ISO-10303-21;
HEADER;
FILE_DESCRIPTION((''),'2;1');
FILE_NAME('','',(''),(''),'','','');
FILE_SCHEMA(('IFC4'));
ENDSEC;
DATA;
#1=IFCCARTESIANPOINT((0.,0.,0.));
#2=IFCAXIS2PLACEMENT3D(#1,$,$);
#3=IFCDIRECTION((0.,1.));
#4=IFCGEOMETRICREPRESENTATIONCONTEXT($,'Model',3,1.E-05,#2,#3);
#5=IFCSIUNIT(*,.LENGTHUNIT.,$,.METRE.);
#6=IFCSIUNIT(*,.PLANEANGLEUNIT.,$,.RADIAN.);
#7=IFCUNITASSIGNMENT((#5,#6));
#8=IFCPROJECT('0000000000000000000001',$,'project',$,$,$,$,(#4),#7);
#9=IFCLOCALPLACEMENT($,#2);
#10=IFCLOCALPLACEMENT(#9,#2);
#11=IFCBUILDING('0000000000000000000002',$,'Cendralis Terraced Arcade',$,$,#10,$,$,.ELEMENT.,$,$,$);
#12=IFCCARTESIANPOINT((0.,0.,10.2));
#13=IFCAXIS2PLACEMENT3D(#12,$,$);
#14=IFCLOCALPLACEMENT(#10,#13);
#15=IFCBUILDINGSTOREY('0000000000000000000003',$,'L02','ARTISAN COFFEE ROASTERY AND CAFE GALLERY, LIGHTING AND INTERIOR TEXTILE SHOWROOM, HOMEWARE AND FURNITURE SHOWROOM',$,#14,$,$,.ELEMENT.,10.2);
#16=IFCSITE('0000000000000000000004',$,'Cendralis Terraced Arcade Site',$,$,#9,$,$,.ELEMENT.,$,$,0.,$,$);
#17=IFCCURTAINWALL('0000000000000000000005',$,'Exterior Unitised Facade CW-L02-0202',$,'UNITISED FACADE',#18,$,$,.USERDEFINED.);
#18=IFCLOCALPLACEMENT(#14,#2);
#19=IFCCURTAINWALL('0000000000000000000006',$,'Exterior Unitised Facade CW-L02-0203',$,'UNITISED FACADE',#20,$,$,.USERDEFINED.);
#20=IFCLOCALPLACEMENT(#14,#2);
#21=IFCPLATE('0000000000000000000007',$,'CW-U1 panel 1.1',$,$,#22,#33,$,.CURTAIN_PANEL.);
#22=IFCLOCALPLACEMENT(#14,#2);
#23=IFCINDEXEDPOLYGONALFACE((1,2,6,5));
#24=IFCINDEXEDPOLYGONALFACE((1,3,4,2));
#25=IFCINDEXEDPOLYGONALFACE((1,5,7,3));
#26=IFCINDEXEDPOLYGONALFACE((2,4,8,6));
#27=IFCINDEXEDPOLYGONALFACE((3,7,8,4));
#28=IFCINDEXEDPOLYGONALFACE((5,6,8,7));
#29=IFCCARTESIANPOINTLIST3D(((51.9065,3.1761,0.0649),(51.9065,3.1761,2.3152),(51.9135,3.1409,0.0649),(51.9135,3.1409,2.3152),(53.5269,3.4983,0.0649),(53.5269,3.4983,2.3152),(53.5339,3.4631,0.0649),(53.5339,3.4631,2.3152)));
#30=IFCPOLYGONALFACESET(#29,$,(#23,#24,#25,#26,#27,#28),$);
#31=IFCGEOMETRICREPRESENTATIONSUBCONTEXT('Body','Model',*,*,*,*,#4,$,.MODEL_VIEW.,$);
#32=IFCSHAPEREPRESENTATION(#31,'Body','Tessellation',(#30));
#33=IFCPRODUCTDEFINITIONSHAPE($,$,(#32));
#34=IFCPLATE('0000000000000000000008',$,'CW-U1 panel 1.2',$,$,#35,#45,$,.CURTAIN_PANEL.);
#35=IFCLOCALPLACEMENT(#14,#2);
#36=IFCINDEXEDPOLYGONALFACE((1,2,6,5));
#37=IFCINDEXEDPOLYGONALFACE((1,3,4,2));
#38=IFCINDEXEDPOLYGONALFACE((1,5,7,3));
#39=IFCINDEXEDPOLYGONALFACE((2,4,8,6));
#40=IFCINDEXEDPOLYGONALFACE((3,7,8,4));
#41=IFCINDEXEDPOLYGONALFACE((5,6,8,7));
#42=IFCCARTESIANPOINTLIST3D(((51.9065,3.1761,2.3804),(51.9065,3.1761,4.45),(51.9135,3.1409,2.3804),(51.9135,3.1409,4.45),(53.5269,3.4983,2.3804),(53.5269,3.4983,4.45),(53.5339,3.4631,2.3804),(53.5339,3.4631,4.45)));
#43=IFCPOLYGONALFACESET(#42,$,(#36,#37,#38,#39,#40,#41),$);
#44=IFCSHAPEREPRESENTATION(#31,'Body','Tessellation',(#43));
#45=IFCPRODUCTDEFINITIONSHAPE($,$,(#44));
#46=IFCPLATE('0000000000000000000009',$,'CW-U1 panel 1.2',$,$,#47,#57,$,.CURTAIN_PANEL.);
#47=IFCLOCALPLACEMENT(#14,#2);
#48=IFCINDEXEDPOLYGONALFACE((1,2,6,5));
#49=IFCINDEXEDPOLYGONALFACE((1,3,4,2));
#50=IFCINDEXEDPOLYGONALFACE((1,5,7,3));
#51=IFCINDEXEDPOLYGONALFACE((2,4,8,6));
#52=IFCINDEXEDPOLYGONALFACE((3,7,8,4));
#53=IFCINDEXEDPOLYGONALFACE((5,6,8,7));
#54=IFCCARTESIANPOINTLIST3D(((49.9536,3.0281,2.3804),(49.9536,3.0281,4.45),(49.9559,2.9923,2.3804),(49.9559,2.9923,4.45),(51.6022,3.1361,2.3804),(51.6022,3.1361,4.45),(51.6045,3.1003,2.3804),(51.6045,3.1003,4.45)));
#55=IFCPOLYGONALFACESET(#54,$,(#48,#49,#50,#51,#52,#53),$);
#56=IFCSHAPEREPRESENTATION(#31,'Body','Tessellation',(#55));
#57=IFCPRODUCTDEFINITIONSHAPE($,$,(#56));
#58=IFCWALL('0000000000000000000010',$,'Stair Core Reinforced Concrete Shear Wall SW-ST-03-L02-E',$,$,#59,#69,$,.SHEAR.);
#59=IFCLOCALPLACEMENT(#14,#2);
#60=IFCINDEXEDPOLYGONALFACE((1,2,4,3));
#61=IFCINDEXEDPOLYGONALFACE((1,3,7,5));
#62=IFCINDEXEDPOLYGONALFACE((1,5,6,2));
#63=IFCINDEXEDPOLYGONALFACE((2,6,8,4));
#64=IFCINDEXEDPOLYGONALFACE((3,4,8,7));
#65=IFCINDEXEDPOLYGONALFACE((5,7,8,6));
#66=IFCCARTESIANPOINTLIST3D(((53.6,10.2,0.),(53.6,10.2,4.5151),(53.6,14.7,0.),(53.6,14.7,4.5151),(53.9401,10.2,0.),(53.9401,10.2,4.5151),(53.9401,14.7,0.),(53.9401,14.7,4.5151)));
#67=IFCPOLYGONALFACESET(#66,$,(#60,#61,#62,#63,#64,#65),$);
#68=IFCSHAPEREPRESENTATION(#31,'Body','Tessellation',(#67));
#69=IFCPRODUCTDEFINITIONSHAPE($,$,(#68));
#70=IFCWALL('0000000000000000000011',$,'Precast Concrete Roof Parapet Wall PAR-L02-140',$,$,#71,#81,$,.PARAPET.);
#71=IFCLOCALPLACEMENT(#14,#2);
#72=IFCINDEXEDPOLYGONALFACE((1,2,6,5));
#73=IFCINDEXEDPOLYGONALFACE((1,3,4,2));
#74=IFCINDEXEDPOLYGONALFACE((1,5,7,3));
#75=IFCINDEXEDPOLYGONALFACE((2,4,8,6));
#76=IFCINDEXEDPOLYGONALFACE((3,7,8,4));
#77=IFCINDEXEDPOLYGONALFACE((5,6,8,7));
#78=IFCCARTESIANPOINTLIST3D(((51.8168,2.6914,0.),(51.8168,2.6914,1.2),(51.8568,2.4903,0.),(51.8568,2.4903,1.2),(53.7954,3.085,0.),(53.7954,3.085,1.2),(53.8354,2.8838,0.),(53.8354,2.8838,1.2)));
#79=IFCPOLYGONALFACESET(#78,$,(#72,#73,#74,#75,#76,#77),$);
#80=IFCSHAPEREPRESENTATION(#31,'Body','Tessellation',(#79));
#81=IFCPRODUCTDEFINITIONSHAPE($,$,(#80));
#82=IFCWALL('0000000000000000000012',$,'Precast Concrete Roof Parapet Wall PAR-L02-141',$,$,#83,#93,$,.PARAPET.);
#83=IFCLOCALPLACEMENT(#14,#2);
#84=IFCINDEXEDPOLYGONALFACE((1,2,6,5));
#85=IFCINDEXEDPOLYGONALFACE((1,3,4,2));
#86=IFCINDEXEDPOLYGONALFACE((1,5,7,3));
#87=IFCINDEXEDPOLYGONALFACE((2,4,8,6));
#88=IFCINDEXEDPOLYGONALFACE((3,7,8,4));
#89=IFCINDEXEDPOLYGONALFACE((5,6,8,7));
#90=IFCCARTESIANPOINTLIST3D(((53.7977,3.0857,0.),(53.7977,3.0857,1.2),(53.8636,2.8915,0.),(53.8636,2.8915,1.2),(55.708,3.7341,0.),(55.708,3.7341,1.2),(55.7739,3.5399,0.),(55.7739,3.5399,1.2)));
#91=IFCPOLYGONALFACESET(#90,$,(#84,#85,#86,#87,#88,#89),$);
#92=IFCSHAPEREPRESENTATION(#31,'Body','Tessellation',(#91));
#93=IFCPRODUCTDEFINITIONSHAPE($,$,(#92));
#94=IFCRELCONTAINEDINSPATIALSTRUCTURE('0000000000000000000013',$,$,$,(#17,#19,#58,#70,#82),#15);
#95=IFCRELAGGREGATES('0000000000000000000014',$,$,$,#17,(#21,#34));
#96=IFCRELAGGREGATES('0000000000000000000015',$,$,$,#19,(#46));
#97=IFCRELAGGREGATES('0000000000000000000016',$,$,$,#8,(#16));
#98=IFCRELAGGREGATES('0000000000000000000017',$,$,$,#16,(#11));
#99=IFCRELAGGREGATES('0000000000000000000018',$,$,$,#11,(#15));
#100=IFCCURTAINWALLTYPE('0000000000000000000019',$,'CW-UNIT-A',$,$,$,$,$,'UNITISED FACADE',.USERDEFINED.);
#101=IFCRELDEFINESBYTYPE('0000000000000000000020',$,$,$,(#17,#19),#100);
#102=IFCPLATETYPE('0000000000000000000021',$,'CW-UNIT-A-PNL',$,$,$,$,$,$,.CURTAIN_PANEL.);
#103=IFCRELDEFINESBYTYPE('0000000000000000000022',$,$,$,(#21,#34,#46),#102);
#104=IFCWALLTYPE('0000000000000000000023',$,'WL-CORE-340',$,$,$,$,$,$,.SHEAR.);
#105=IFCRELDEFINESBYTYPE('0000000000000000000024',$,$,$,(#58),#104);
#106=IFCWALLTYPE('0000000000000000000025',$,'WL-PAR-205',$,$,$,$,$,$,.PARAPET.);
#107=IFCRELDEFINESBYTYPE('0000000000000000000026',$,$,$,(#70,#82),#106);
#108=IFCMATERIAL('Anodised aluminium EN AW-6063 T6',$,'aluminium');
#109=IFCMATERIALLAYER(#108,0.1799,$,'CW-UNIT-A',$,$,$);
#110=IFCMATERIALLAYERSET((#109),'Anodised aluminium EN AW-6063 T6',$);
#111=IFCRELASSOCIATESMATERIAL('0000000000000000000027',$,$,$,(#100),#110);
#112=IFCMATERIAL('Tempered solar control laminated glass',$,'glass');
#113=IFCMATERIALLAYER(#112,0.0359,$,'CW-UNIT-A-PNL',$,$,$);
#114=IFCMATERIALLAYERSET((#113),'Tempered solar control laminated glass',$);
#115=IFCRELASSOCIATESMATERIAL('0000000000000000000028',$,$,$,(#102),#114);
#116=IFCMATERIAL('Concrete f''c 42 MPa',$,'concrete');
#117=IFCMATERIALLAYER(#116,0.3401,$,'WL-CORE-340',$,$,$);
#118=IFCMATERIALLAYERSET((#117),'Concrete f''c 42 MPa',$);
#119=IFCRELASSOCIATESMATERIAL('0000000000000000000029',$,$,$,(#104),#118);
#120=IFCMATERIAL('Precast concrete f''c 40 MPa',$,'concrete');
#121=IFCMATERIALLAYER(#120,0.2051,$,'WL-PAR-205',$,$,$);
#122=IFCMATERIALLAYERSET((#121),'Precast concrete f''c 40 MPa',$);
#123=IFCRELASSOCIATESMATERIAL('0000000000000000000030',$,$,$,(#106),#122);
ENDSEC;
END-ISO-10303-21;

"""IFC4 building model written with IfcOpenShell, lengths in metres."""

from ifc_helpers import new_model, si_unit, direction, frame, frame_2d, origin, origin_2d, place, context, subcontext, project, spatial, rectangle, extrude, material, layer, layer_set, type_object, element, aggregate, save


model = new_model("IFC4")

# Units and contexts
model_context = context("Model", 3, precision=1e-05, world=origin(), true_north=direction((0.0, 1.0)))
body_context = subcontext(model_context, "Body", "Model", "MODEL_VIEW")
ifc_project = project(units=[si_unit("LENGTHUNIT", "METRE"), si_unit("PLANEANGLEUNIT", "RADIAN")], contexts=[model_context])

# Site, building, storey
site_placement = place(None, origin())
site = spatial("IfcSite", under=ifc_project, at=site_placement, Name="Cendralis Terraced Arcade Site", CompositionType="ELEMENT", RefElevation=0.0)
building_placement = place(site_placement, origin())
building = spatial("IfcBuilding", under=site, at=building_placement, Name="Cendralis Terraced Arcade", CompositionType="ELEMENT")
storey_placement = place(building_placement, frame((0.0, 0.0, 10.2)))
storey = spatial("IfcBuildingStorey", under=building, at=storey_placement, Name="L02", Description="ARTISAN COFFEE ROASTERY AND CAFE GALLERY, LIGHTING AND INTERIOR TEXTILE SHOWROOM, HOMEWARE AND FURNITURE SHOWROOM", CompositionType="ELEMENT", Elevation=10.2)

# Shared definitions
ifc_material_1 = material(Name="Anodised aluminium EN AW-6063 T6", Category="aluminium")
ifc_layer_1 = layer(ifc_material_1, 0.1799, Name="CW-UNIT-A")
ifc_layer_set_1 = layer_set([ifc_layer_1], Name="Anodised aluminium EN AW-6063 T6")
curtain_wall_type = type_object("IfcCurtainWallType", Name="CW-UNIT-A", ElementType="UNITISED FACADE", PredefinedType="USERDEFINED", material=ifc_layer_set_1)

# Curtain wall
curtain_wall_1_placement = place(storey_placement, origin())
curtain_wall_1 = element("IfcCurtainWall", 1, at=curtain_wall_1_placement, inside=storey, type_object=curtain_wall_type, Name="Exterior Unitised Facade CW-L02-0202", ObjectType="UNITISED FACADE", PredefinedType="USERDEFINED")

# Curtain wall
curtain_wall_2_placement = place(storey_placement, origin())
curtain_wall_2 = element("IfcCurtainWall", 2, at=curtain_wall_2_placement, inside=storey, type_object=curtain_wall_type, Name="Exterior Unitised Facade CW-L02-0203", ObjectType="UNITISED FACADE", PredefinedType="USERDEFINED")

# Plates
ifc_material_2 = material(Name="Tempered solar control laminated glass", Category="glass")
ifc_layer_2 = layer(ifc_material_2, 0.0359, Name="CW-UNIT-A-PNL")
ifc_layer_set_2 = layer_set([ifc_layer_2], Name="Tempered solar control laminated glass")
plate_type = type_object("IfcPlateType", Name="CW-UNIT-A-PNL", PredefinedType="CURTAIN_PANEL", material=ifc_layer_set_2)
plate_1_placement = place(storey_placement, frame((52.7202, 3.3196, 0.0649), z_axis=(0.0, 0.0, 1.0), x_axis=(-0.980792, -0.195058, 0.0)))
plate_1 = element("IfcPlate", 3, at=plate_1_placement, type_object=plate_type, Name="CW-U1 panel 1.1", PredefinedType="CURTAIN_PANEL", context=body_context, shape_type="SweptSolid", body=[
    extrude(rectangle(XDim=1.6521, YDim=0.0359, at=origin_2d()), origin(), (0.0, 0.0, 1.0), 2.2502),
])
plate_2_placement = place(storey_placement, frame((52.7202, 3.3196, 2.3804), z_axis=(0.0, 0.0, 1.0), x_axis=(-0.980792, -0.195058, 0.0)))
plate_2 = element("IfcPlate", 4, at=plate_2_placement, type_object=plate_type, Name="CW-U1 panel 1.2", PredefinedType="CURTAIN_PANEL", context=body_context, shape_type="SweptSolid", body=[
    extrude(rectangle(XDim=1.6521, YDim=0.0359, at=origin_2d()), origin(), (0.0, 0.0, 1.0), 2.0696),
])
aggregate(curtain_wall_1, [plate_1, plate_2])
plate_3_placement = place(storey_placement, frame((50.7791, 3.0642, 2.3804), z_axis=(0.0, 0.0, 1.0), x_axis=(-0.997861, -0.065372, 0.0)))
plate_3 = element("IfcPlate", 5, at=plate_3_placement, type_object=plate_type, Name="CW-U1 panel 1.2", PredefinedType="CURTAIN_PANEL", context=body_context, shape_type="SweptSolid", body=[
    extrude(rectangle(XDim=1.6521, YDim=0.0359, at=origin_2d()), origin(), (0.0, 0.0, 1.0), 2.0696),
])
aggregate(curtain_wall_2, [plate_3])

# Walls
ifc_material_3 = material(Name="Concrete f'c 42 MPa", Category="concrete")
ifc_layer_3 = layer(ifc_material_3, 0.3401, Name="WL-CORE-340")
ifc_layer_set_3 = layer_set([ifc_layer_3], Name="Concrete f'c 42 MPa")
wall_type_1 = type_object("IfcWallType", Name="WL-CORE-340", PredefinedType="SHEAR", material=ifc_layer_set_3)
wall_placement = place(storey_placement, frame((53.77, 10.2, 0.0), z_axis=(0.0, 0.0, 1.0), x_axis=(0.0, 1.0, 0.0)))
element("IfcWall", 6, at=wall_placement, inside=storey, type_object=wall_type_1, Name="Stair Core Reinforced Concrete Shear Wall SW-ST-03-L02-E", PredefinedType="SHEAR", context=body_context, shape_type="SweptSolid", body=[
    extrude(rectangle(XDim=4.5, YDim=0.3401, at=frame_2d((2.25, 0.0))), origin(), (0.0, 0.0, 1.0), 4.5151),
])
ifc_material_4 = material(Name="Precast concrete f'c 40 MPa", Category="concrete")
ifc_layer_4 = layer(ifc_material_4, 0.2051, Name="WL-PAR-205")
ifc_layer_set_4 = layer_set([ifc_layer_4], Name="Precast concrete f'c 40 MPa")
wall_type_2 = type_object("IfcWallType", Name="WL-PAR-205", PredefinedType="PARAPET", material=ifc_layer_set_4)
for number, where, z_axis, x_axis, name in (
    (7, (51.8367, 2.5908, 0.0), (0.0, 0.0, 1.0), (0.980785, 0.195092, 0.0), "Precast Concrete Roof Parapet Wall PAR-L02-140"),
    (8, (53.8306, 2.9885, 0.0), (0.0, 0.0, 1.0), (0.946926, 0.321451, 0.0), "Precast Concrete Roof Parapet Wall PAR-L02-141"),
):
    element("IfcWall", number, at=place(storey_placement, frame(where, z_axis=z_axis, x_axis=x_axis)), inside=storey, type_object=wall_type_2, Name=name, PredefinedType="PARAPET", context=body_context, shape_type="SweptSolid", body=[
        extrude(rectangle(XDim=2.0173, YDim=0.2051, at=frame_2d((1.0088, 0.0))), origin(), (0.0, 0.0, 1.0), 1.2),
    ])

save(model, "model.ifc")
